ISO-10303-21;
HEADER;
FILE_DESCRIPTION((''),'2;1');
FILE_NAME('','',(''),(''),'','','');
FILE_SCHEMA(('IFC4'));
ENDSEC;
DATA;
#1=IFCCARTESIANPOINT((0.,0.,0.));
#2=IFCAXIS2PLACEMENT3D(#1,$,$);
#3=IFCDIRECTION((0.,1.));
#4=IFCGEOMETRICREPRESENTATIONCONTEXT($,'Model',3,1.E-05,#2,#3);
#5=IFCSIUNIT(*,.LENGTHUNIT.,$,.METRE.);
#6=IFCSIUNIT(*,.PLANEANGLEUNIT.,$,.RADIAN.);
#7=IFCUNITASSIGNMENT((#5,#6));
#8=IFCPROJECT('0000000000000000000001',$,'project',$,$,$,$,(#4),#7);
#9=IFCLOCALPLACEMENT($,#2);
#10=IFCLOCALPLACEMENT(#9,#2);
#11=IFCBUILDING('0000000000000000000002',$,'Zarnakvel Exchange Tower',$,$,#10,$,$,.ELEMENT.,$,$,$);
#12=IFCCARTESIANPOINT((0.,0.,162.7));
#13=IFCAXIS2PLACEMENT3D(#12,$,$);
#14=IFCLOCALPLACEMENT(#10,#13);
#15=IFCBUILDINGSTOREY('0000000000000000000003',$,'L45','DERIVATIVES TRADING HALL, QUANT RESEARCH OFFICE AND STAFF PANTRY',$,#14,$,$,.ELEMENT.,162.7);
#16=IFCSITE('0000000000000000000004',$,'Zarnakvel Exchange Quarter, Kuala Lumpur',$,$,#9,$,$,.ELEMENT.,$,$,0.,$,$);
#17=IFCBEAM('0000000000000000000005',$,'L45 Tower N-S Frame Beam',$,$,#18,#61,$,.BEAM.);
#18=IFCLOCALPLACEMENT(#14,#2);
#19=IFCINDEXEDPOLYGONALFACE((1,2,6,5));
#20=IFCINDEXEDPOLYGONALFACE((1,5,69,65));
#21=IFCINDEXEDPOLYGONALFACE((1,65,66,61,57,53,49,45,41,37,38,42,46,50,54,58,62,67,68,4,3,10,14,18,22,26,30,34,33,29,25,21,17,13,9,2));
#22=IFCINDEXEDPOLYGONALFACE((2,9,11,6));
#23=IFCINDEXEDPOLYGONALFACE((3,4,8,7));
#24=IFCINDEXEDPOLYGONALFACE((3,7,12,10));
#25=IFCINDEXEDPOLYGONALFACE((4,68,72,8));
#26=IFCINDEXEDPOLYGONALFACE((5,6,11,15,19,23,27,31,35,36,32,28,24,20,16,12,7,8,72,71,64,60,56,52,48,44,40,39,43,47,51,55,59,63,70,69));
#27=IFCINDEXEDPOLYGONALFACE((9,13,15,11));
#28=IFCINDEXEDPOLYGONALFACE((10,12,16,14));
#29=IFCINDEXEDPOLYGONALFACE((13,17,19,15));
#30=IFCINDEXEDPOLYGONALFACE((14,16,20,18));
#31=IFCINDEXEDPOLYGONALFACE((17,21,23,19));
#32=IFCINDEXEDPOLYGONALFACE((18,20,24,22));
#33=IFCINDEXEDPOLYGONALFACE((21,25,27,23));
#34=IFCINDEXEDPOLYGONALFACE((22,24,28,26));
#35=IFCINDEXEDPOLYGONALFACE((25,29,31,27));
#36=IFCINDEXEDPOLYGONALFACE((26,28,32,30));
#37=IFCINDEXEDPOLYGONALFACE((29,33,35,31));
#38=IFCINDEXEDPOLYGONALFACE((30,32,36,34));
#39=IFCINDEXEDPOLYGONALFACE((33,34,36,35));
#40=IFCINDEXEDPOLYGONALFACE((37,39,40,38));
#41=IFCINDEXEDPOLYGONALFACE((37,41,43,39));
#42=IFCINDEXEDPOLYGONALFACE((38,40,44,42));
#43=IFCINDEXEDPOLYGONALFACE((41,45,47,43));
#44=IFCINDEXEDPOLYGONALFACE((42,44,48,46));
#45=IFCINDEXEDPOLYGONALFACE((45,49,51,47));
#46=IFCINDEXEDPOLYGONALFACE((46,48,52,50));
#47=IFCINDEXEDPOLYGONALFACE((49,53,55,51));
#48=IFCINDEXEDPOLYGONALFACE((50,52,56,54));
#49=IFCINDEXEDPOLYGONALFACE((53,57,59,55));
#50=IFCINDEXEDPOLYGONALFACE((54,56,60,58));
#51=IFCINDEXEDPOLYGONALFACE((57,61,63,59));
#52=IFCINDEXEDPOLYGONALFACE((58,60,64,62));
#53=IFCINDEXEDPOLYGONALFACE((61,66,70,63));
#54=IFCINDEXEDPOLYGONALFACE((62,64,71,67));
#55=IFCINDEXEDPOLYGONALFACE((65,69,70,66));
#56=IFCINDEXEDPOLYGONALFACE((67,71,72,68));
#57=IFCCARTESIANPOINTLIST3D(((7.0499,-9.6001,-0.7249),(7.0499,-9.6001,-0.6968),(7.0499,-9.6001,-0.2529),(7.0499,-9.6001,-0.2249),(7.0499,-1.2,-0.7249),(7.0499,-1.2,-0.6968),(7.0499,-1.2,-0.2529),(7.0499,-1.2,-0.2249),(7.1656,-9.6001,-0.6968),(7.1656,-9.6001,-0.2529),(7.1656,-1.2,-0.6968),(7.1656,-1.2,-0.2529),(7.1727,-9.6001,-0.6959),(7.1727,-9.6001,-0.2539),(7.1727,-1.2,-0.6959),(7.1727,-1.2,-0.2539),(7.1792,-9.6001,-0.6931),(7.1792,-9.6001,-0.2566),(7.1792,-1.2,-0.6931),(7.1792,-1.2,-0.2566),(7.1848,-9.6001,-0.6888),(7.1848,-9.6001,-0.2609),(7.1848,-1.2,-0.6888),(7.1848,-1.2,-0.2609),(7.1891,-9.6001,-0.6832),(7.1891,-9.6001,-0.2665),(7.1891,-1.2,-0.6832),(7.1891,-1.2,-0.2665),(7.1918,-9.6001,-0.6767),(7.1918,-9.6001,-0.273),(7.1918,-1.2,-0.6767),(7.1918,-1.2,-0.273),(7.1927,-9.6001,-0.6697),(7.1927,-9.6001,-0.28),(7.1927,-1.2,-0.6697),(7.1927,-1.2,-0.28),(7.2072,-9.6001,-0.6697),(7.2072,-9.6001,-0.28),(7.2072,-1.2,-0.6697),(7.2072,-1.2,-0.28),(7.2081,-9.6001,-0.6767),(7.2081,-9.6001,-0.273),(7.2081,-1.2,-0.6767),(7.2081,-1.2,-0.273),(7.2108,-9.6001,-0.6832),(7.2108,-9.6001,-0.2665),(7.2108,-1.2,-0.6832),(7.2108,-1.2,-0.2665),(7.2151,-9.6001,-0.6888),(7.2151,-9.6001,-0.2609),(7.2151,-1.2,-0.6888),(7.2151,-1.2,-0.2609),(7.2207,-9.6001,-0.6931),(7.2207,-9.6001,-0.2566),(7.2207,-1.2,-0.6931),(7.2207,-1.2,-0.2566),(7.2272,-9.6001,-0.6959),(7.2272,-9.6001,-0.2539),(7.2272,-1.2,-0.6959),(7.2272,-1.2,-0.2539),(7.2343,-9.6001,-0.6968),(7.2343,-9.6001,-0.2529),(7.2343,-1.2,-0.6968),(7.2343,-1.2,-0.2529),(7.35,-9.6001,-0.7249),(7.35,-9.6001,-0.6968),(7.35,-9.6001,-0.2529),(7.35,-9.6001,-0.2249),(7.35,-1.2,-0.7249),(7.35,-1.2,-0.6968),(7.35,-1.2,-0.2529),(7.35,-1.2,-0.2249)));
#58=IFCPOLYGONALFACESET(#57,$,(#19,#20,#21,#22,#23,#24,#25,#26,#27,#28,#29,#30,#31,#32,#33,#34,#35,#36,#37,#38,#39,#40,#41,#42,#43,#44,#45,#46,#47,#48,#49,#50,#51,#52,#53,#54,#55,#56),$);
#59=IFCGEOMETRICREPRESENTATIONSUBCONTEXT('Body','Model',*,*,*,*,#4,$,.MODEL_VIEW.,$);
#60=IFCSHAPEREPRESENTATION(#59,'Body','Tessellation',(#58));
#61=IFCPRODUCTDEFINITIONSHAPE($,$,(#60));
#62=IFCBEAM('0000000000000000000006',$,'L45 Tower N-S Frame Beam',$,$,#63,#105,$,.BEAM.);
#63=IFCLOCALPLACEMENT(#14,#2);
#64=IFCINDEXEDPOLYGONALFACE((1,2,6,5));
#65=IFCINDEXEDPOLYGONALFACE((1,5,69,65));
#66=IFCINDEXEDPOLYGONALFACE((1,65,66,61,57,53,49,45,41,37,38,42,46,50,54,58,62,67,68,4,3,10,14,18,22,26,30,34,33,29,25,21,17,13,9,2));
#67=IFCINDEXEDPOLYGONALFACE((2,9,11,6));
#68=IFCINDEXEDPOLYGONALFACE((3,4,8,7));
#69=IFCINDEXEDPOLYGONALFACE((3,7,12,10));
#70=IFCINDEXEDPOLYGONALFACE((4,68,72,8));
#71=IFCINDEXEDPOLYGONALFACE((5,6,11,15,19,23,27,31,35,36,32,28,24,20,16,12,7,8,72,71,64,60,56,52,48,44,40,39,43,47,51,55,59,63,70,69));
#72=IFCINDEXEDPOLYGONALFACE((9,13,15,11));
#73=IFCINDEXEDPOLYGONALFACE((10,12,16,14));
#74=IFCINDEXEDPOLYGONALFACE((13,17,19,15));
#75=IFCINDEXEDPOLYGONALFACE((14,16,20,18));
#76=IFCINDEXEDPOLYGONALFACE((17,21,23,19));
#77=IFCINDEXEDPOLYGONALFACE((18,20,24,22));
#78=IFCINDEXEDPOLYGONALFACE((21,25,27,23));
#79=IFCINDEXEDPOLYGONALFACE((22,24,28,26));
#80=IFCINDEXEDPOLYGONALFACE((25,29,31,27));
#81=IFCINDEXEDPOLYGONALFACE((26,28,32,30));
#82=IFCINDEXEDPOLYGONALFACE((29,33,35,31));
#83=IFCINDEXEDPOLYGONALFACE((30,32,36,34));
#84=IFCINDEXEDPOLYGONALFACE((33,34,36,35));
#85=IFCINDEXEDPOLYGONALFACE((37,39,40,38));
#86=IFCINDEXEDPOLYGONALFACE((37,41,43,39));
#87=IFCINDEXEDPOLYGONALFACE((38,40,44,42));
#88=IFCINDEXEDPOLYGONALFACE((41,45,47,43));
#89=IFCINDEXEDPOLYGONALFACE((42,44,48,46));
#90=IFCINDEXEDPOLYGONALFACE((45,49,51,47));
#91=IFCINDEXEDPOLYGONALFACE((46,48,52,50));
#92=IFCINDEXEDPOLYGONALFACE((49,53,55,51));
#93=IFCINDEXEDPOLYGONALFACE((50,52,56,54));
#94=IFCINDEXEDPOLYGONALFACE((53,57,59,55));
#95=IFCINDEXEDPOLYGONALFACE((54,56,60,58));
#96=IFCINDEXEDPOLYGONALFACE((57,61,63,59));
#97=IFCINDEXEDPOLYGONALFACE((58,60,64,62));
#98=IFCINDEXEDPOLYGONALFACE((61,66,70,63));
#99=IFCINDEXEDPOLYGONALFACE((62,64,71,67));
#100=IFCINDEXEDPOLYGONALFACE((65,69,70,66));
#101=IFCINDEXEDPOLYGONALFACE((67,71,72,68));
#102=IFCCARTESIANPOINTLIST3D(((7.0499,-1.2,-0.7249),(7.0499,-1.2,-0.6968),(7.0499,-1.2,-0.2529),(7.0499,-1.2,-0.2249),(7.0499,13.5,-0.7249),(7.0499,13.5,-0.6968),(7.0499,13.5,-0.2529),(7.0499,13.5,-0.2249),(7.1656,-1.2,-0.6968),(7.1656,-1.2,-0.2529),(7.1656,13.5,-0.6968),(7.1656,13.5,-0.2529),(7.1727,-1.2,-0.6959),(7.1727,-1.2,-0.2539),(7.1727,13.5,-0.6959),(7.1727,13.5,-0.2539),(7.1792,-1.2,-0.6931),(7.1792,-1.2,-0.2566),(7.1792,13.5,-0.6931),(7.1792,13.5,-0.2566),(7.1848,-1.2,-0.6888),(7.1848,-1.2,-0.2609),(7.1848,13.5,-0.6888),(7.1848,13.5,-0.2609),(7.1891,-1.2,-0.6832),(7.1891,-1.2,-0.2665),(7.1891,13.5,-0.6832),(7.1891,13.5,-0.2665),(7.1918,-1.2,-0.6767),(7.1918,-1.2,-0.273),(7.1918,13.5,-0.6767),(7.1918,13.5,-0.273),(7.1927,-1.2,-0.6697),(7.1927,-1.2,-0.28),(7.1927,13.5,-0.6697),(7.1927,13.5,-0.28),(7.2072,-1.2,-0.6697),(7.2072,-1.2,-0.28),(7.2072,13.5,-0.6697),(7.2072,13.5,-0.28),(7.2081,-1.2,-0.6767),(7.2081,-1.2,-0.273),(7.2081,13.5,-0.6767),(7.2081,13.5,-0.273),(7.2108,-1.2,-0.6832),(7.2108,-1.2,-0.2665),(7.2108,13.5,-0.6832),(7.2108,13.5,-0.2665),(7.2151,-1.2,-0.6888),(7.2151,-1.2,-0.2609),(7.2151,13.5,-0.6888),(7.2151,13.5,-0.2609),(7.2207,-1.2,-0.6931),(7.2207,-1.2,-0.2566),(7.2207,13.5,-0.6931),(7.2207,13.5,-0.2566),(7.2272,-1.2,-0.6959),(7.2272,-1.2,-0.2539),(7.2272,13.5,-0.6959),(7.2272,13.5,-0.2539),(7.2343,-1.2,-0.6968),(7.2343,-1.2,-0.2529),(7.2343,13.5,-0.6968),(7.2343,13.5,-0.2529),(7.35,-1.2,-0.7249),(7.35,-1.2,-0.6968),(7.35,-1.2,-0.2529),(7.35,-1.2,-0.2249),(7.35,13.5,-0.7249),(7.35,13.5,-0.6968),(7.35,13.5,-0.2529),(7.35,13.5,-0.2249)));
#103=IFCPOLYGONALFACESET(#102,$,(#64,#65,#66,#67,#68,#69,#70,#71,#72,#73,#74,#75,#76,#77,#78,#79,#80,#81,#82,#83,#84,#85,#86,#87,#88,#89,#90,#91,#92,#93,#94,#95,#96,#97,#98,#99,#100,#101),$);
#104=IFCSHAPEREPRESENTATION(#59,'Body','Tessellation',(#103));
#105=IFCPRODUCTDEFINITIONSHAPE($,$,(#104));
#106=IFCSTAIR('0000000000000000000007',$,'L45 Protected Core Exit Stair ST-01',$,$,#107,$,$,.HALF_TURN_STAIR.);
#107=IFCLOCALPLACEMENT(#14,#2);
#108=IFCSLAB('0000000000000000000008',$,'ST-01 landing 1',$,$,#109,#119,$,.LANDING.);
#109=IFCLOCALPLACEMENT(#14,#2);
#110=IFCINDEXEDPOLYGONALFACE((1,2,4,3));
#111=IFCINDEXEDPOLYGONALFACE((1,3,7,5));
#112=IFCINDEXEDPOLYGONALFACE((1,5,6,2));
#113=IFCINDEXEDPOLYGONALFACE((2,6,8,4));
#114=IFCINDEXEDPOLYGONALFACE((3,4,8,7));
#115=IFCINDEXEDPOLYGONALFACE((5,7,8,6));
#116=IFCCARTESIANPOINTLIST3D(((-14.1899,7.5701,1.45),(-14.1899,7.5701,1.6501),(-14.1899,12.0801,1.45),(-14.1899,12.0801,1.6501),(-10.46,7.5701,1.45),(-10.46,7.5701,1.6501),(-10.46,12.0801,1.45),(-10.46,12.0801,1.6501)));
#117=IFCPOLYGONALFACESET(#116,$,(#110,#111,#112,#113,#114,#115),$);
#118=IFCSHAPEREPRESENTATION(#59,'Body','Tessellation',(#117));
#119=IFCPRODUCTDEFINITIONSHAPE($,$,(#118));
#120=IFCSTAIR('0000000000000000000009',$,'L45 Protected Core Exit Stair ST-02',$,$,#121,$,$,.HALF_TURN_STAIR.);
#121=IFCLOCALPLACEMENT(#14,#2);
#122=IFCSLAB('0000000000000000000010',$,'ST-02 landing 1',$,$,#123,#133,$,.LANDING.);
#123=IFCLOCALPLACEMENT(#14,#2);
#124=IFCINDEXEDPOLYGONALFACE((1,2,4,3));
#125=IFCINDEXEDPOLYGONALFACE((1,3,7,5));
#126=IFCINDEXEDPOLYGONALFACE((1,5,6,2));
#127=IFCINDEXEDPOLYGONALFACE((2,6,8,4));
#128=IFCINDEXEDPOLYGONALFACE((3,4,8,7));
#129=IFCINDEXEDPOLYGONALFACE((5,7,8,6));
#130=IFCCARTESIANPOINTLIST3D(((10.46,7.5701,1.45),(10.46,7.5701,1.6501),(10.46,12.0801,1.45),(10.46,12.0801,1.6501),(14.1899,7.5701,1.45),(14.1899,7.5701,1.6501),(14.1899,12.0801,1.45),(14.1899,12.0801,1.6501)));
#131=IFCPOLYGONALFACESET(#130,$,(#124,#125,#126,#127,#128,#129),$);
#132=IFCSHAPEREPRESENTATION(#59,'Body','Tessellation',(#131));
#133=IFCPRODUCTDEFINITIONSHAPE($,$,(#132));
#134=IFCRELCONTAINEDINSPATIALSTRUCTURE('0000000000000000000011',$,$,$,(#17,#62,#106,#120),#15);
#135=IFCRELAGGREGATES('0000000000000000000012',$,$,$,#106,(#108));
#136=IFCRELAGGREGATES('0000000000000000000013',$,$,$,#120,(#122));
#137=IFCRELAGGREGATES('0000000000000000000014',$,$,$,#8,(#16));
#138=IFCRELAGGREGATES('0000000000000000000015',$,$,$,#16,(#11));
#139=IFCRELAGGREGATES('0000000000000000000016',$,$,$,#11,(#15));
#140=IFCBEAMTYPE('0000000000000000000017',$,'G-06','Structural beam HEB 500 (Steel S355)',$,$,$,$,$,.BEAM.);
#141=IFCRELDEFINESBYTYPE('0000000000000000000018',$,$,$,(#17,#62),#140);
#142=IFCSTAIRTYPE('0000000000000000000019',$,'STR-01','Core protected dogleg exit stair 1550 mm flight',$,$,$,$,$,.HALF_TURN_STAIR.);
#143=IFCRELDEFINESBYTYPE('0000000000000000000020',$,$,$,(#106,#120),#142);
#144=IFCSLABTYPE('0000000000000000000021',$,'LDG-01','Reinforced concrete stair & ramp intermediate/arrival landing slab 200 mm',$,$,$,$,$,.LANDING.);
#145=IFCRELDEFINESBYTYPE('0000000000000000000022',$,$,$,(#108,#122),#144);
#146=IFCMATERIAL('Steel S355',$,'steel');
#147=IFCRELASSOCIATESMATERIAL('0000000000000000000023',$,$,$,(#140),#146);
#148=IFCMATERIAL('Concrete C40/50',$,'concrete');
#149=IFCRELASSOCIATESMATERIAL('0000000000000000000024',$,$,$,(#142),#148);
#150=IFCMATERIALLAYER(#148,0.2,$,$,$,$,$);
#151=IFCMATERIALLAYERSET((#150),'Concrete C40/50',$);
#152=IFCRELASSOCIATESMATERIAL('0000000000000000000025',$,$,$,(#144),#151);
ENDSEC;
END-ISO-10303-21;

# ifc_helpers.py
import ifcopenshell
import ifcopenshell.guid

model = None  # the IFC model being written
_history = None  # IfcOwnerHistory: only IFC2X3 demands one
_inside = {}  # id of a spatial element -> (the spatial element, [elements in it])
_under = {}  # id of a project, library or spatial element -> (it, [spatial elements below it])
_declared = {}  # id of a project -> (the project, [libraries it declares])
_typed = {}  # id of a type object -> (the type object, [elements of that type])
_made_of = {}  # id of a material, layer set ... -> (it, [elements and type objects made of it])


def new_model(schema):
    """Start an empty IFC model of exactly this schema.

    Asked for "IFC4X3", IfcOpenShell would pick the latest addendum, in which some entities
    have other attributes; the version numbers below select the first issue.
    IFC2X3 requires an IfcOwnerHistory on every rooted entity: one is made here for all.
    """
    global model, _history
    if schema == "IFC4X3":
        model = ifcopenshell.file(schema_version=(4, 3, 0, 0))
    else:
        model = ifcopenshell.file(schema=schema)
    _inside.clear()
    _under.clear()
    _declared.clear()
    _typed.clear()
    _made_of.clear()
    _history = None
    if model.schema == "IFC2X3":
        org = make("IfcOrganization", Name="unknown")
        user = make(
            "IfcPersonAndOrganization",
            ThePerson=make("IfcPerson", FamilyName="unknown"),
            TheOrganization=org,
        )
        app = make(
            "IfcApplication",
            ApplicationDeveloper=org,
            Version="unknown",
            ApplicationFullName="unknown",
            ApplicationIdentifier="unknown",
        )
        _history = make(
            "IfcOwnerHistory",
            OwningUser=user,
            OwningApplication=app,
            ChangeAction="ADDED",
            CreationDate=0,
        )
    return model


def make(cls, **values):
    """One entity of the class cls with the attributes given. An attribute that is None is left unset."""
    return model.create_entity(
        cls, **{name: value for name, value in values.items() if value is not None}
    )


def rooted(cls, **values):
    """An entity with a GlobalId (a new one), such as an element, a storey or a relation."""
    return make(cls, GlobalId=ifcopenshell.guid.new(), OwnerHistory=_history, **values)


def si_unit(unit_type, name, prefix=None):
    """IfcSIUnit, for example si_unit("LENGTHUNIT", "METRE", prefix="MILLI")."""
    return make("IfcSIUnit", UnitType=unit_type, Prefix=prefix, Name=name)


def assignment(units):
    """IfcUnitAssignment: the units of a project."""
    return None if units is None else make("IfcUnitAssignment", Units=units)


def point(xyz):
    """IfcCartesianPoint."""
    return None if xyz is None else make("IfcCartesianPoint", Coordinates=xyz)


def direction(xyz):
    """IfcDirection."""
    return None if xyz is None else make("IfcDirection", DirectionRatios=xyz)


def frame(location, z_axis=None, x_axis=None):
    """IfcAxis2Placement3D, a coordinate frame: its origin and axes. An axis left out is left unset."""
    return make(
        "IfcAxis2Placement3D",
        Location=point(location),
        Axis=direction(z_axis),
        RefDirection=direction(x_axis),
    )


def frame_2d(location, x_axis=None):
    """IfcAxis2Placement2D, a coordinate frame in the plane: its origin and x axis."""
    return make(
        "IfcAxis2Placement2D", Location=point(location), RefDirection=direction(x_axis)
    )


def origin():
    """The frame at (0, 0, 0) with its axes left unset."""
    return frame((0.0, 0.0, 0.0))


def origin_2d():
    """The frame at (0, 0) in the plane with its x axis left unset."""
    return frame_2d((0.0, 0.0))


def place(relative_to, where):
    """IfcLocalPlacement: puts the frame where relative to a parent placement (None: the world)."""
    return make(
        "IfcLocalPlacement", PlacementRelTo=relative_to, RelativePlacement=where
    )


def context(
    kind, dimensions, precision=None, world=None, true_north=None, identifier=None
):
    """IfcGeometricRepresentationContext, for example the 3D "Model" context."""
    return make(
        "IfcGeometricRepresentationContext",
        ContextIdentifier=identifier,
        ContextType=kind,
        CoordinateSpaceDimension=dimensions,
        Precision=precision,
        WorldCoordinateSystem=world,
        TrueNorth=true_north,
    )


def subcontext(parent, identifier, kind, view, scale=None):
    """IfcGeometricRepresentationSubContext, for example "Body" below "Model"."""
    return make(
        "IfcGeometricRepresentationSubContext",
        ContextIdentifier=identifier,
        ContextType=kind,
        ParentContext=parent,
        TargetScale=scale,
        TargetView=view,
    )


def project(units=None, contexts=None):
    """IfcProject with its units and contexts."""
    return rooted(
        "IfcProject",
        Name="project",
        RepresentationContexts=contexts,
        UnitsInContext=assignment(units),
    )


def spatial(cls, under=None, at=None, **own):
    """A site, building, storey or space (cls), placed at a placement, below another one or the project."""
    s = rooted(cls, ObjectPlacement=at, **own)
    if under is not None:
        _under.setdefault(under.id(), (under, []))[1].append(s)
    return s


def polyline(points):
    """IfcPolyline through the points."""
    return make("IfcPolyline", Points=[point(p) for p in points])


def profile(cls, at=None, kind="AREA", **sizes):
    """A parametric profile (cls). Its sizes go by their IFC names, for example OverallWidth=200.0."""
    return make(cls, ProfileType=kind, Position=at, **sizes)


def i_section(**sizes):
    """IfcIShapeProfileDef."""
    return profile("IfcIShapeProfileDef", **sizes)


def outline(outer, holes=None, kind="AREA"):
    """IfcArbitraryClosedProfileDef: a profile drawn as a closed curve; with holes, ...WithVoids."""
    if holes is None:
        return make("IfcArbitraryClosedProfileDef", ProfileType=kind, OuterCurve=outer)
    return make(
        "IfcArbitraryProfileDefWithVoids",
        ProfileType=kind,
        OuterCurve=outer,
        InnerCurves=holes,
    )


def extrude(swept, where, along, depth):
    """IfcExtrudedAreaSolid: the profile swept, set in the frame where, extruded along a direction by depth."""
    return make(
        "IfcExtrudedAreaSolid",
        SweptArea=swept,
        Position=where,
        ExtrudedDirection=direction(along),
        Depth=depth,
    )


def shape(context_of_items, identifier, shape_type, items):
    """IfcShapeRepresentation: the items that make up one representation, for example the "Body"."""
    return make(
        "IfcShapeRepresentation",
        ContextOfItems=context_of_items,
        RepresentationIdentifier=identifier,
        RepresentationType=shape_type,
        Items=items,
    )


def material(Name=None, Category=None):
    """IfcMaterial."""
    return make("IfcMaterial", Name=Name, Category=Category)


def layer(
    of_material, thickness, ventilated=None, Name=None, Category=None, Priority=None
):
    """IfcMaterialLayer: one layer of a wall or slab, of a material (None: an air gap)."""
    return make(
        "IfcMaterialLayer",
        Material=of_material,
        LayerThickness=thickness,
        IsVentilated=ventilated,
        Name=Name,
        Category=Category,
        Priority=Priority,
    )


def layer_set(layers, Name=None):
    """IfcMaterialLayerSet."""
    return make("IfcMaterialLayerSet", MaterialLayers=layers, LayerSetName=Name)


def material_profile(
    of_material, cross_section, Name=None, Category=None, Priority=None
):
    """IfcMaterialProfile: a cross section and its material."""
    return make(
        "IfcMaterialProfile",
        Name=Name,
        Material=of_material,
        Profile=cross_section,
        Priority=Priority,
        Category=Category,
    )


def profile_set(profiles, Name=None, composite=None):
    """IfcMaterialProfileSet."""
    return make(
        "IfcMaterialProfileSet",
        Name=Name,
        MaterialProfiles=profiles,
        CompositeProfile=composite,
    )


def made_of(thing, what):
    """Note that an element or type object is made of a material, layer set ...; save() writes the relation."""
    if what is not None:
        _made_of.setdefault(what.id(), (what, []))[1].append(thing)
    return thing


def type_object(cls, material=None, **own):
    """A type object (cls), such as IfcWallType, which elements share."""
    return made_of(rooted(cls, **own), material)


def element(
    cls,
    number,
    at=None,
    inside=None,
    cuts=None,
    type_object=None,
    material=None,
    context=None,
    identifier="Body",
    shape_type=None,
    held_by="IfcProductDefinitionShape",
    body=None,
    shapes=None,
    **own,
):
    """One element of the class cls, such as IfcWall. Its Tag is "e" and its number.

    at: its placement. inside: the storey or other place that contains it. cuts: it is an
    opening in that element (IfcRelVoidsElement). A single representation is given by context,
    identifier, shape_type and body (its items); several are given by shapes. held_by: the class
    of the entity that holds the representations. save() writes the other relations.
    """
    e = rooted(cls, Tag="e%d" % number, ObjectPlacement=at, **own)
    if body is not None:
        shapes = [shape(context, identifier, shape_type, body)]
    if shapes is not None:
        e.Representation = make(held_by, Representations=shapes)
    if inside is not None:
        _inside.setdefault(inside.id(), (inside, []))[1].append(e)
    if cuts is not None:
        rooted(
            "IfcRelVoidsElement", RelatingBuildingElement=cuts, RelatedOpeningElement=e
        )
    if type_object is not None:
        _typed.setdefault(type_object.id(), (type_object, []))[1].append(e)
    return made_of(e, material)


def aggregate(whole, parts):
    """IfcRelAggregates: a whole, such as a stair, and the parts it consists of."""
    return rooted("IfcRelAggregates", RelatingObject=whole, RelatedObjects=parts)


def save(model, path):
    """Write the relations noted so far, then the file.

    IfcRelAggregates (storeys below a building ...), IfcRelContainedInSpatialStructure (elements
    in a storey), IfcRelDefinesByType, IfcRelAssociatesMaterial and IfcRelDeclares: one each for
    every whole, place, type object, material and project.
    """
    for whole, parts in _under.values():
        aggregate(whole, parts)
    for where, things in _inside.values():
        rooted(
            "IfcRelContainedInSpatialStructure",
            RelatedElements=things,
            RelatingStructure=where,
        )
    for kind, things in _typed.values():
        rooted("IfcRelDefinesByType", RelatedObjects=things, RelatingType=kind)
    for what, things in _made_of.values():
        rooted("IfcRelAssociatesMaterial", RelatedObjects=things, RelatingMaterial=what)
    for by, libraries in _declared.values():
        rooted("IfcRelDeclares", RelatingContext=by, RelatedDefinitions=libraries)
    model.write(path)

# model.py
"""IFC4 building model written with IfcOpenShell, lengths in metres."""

from ifc_helpers import new_model, si_unit, direction, frame, origin, origin_2d, place, context, subcontext, project, spatial, polyline, i_section, outline, extrude, material, layer, layer_set, material_profile, profile_set, type_object, element, aggregate, save


model = new_model("IFC4")

# Units and contexts
model_context = context("Model", 3, precision=1e-05, world=origin(), true_north=direction((0.0, 1.0)))
body_context = subcontext(model_context, "Body", "Model", "MODEL_VIEW")
ifc_project = project(units=[si_unit("LENGTHUNIT", "METRE"), si_unit("PLANEANGLEUNIT", "RADIAN")], contexts=[model_context])

# Site, building, storey
site_placement = place(None, origin())
site = spatial("IfcSite", under=ifc_project, at=site_placement, Name="Zarnakvel Exchange Quarter, Kuala Lumpur", CompositionType="ELEMENT", RefElevation=0.0)
building_placement = place(site_placement, origin())
building = spatial("IfcBuilding", under=site, at=building_placement, Name="Zarnakvel Exchange Tower", CompositionType="ELEMENT")
storey_placement = place(building_placement, frame((0.0, 0.0, 162.7)))
storey = spatial("IfcBuildingStorey", under=building, at=storey_placement, Name="L45", Description="DERIVATIVES TRADING HALL, QUANT RESEARCH OFFICE AND STAFF PANTRY", CompositionType="ELEMENT", Elevation=162.7)

# Beams
ifc_material_1 = material(Name="Steel S355", Category="steel")
ifc_material_profile_1 = material_profile(ifc_material_1, i_section(OverallWidth=0.3, OverallDepth=0.5, WebThickness=0.0144, FlangeThickness=0.0281, FilletRadius=0.0271, at=origin_2d()))
ifc_profile_set_1 = profile_set([ifc_material_profile_1], Name="Steel S355")
beam_type_1 = type_object("IfcBeamType", Name="G-06", Description="Structural beam HEB 500 (Steel S355)", PredefinedType="BEAM", material=ifc_profile_set_1)
beam_1_placement = place(storey_placement, frame((7.2, -9.6001, -0.4749), z_axis=(0.0, 1.0, 0.0), x_axis=(-1.0, 0.0, 0.0)))
element("IfcBeam", 1, at=beam_1_placement, inside=storey, type_object=beam_type_1, Name="L45 Tower N-S Frame Beam", PredefinedType="BEAM", context=body_context, shape_type="SweptSolid", body=[
    extrude(i_section(OverallWidth=0.3, OverallDepth=0.5, WebThickness=0.0144, FlangeThickness=0.0281, FilletRadius=0.0271, at=origin_2d()), origin(), (0.0, 0.0, 1.0), 8.4001),
])
beam_2_placement = place(storey_placement, frame((7.2, -1.2, -0.4749), z_axis=(0.0, 1.0, 0.0), x_axis=(-1.0, 0.0, 0.0)))
element("IfcBeam", 2, at=beam_2_placement, inside=storey, type_object=beam_type_1, Name="L45 Tower N-S Frame Beam", PredefinedType="BEAM", context=body_context, shape_type="SweptSolid", body=[
    extrude(i_section(OverallWidth=0.3, OverallDepth=0.5, WebThickness=0.0144, FlangeThickness=0.0281, FilletRadius=0.0271, at=origin_2d()), origin(), (0.0, 0.0, 1.0), 14.7),
])

# Stairs, slabs
ifc_material_2 = material(Name="Concrete C40/50", Category="concrete")
stair_type = type_object("IfcStairType", Name="STR-01", Description="Core protected dogleg exit stair 1550 mm flight", PredefinedType="HALF_TURN_STAIR", material=ifc_material_2)
stair_1_placement = place(storey_placement, origin())
stair_1 = element("IfcStair", 3, at=stair_1_placement, inside=storey, type_object=stair_type, Name="L45 Protected Core Exit Stair ST-01", PredefinedType="HALF_TURN_STAIR")
ifc_layer_1 = layer(ifc_material_2, 0.2)
ifc_layer_set_1 = layer_set([ifc_layer_1], Name="Concrete C40/50")
slab_type_1 = type_object("IfcSlabType", Name="LDG-01", Description="Reinforced concrete stair & ramp intermediate/arrival landing slab 200 mm", PredefinedType="LANDING", material=ifc_layer_set_1)
slab_1_placement = place(storey_placement, frame((0.0, 0.0, 1.45)))
slab_1 = element("IfcSlab", 4, at=slab_1_placement, type_object=slab_type_1, Name="ST-01 landing 1", PredefinedType="LANDING", context=body_context, shape_type="SweptSolid", body=[
    extrude(outline(polyline([(-14.1899, 7.5701), (-10.46, 7.5701), (-10.46, 12.0801), (-14.1899, 12.0801), (-14.1899, 7.5701)])), origin(), (0.0, 0.0, 1.0), 0.2002),
])
aggregate(stair_1, [slab_1])
stair_2_placement = place(storey_placement, origin())
stair_2 = element("IfcStair", 5, at=stair_2_placement, inside=storey, type_object=stair_type, Name="L45 Protected Core Exit Stair ST-02", PredefinedType="HALF_TURN_STAIR")
slab_2_placement = place(storey_placement, frame((0.0, 0.0, 1.45)))
slab_2 = element("IfcSlab", 6, at=slab_2_placement, type_object=slab_type_1, Name="ST-02 landing 1", PredefinedType="LANDING", context=body_context, shape_type="SweptSolid", body=[
    extrude(outline(polyline([(10.46, 7.5701), (14.1899, 7.5701), (14.1899, 12.0801), (10.46, 12.0801), (10.46, 7.5701)])), origin(), (0.0, 0.0, 1.0), 0.2002),
])
aggregate(stair_2, [slab_2])

save(model, "model.ifc")
